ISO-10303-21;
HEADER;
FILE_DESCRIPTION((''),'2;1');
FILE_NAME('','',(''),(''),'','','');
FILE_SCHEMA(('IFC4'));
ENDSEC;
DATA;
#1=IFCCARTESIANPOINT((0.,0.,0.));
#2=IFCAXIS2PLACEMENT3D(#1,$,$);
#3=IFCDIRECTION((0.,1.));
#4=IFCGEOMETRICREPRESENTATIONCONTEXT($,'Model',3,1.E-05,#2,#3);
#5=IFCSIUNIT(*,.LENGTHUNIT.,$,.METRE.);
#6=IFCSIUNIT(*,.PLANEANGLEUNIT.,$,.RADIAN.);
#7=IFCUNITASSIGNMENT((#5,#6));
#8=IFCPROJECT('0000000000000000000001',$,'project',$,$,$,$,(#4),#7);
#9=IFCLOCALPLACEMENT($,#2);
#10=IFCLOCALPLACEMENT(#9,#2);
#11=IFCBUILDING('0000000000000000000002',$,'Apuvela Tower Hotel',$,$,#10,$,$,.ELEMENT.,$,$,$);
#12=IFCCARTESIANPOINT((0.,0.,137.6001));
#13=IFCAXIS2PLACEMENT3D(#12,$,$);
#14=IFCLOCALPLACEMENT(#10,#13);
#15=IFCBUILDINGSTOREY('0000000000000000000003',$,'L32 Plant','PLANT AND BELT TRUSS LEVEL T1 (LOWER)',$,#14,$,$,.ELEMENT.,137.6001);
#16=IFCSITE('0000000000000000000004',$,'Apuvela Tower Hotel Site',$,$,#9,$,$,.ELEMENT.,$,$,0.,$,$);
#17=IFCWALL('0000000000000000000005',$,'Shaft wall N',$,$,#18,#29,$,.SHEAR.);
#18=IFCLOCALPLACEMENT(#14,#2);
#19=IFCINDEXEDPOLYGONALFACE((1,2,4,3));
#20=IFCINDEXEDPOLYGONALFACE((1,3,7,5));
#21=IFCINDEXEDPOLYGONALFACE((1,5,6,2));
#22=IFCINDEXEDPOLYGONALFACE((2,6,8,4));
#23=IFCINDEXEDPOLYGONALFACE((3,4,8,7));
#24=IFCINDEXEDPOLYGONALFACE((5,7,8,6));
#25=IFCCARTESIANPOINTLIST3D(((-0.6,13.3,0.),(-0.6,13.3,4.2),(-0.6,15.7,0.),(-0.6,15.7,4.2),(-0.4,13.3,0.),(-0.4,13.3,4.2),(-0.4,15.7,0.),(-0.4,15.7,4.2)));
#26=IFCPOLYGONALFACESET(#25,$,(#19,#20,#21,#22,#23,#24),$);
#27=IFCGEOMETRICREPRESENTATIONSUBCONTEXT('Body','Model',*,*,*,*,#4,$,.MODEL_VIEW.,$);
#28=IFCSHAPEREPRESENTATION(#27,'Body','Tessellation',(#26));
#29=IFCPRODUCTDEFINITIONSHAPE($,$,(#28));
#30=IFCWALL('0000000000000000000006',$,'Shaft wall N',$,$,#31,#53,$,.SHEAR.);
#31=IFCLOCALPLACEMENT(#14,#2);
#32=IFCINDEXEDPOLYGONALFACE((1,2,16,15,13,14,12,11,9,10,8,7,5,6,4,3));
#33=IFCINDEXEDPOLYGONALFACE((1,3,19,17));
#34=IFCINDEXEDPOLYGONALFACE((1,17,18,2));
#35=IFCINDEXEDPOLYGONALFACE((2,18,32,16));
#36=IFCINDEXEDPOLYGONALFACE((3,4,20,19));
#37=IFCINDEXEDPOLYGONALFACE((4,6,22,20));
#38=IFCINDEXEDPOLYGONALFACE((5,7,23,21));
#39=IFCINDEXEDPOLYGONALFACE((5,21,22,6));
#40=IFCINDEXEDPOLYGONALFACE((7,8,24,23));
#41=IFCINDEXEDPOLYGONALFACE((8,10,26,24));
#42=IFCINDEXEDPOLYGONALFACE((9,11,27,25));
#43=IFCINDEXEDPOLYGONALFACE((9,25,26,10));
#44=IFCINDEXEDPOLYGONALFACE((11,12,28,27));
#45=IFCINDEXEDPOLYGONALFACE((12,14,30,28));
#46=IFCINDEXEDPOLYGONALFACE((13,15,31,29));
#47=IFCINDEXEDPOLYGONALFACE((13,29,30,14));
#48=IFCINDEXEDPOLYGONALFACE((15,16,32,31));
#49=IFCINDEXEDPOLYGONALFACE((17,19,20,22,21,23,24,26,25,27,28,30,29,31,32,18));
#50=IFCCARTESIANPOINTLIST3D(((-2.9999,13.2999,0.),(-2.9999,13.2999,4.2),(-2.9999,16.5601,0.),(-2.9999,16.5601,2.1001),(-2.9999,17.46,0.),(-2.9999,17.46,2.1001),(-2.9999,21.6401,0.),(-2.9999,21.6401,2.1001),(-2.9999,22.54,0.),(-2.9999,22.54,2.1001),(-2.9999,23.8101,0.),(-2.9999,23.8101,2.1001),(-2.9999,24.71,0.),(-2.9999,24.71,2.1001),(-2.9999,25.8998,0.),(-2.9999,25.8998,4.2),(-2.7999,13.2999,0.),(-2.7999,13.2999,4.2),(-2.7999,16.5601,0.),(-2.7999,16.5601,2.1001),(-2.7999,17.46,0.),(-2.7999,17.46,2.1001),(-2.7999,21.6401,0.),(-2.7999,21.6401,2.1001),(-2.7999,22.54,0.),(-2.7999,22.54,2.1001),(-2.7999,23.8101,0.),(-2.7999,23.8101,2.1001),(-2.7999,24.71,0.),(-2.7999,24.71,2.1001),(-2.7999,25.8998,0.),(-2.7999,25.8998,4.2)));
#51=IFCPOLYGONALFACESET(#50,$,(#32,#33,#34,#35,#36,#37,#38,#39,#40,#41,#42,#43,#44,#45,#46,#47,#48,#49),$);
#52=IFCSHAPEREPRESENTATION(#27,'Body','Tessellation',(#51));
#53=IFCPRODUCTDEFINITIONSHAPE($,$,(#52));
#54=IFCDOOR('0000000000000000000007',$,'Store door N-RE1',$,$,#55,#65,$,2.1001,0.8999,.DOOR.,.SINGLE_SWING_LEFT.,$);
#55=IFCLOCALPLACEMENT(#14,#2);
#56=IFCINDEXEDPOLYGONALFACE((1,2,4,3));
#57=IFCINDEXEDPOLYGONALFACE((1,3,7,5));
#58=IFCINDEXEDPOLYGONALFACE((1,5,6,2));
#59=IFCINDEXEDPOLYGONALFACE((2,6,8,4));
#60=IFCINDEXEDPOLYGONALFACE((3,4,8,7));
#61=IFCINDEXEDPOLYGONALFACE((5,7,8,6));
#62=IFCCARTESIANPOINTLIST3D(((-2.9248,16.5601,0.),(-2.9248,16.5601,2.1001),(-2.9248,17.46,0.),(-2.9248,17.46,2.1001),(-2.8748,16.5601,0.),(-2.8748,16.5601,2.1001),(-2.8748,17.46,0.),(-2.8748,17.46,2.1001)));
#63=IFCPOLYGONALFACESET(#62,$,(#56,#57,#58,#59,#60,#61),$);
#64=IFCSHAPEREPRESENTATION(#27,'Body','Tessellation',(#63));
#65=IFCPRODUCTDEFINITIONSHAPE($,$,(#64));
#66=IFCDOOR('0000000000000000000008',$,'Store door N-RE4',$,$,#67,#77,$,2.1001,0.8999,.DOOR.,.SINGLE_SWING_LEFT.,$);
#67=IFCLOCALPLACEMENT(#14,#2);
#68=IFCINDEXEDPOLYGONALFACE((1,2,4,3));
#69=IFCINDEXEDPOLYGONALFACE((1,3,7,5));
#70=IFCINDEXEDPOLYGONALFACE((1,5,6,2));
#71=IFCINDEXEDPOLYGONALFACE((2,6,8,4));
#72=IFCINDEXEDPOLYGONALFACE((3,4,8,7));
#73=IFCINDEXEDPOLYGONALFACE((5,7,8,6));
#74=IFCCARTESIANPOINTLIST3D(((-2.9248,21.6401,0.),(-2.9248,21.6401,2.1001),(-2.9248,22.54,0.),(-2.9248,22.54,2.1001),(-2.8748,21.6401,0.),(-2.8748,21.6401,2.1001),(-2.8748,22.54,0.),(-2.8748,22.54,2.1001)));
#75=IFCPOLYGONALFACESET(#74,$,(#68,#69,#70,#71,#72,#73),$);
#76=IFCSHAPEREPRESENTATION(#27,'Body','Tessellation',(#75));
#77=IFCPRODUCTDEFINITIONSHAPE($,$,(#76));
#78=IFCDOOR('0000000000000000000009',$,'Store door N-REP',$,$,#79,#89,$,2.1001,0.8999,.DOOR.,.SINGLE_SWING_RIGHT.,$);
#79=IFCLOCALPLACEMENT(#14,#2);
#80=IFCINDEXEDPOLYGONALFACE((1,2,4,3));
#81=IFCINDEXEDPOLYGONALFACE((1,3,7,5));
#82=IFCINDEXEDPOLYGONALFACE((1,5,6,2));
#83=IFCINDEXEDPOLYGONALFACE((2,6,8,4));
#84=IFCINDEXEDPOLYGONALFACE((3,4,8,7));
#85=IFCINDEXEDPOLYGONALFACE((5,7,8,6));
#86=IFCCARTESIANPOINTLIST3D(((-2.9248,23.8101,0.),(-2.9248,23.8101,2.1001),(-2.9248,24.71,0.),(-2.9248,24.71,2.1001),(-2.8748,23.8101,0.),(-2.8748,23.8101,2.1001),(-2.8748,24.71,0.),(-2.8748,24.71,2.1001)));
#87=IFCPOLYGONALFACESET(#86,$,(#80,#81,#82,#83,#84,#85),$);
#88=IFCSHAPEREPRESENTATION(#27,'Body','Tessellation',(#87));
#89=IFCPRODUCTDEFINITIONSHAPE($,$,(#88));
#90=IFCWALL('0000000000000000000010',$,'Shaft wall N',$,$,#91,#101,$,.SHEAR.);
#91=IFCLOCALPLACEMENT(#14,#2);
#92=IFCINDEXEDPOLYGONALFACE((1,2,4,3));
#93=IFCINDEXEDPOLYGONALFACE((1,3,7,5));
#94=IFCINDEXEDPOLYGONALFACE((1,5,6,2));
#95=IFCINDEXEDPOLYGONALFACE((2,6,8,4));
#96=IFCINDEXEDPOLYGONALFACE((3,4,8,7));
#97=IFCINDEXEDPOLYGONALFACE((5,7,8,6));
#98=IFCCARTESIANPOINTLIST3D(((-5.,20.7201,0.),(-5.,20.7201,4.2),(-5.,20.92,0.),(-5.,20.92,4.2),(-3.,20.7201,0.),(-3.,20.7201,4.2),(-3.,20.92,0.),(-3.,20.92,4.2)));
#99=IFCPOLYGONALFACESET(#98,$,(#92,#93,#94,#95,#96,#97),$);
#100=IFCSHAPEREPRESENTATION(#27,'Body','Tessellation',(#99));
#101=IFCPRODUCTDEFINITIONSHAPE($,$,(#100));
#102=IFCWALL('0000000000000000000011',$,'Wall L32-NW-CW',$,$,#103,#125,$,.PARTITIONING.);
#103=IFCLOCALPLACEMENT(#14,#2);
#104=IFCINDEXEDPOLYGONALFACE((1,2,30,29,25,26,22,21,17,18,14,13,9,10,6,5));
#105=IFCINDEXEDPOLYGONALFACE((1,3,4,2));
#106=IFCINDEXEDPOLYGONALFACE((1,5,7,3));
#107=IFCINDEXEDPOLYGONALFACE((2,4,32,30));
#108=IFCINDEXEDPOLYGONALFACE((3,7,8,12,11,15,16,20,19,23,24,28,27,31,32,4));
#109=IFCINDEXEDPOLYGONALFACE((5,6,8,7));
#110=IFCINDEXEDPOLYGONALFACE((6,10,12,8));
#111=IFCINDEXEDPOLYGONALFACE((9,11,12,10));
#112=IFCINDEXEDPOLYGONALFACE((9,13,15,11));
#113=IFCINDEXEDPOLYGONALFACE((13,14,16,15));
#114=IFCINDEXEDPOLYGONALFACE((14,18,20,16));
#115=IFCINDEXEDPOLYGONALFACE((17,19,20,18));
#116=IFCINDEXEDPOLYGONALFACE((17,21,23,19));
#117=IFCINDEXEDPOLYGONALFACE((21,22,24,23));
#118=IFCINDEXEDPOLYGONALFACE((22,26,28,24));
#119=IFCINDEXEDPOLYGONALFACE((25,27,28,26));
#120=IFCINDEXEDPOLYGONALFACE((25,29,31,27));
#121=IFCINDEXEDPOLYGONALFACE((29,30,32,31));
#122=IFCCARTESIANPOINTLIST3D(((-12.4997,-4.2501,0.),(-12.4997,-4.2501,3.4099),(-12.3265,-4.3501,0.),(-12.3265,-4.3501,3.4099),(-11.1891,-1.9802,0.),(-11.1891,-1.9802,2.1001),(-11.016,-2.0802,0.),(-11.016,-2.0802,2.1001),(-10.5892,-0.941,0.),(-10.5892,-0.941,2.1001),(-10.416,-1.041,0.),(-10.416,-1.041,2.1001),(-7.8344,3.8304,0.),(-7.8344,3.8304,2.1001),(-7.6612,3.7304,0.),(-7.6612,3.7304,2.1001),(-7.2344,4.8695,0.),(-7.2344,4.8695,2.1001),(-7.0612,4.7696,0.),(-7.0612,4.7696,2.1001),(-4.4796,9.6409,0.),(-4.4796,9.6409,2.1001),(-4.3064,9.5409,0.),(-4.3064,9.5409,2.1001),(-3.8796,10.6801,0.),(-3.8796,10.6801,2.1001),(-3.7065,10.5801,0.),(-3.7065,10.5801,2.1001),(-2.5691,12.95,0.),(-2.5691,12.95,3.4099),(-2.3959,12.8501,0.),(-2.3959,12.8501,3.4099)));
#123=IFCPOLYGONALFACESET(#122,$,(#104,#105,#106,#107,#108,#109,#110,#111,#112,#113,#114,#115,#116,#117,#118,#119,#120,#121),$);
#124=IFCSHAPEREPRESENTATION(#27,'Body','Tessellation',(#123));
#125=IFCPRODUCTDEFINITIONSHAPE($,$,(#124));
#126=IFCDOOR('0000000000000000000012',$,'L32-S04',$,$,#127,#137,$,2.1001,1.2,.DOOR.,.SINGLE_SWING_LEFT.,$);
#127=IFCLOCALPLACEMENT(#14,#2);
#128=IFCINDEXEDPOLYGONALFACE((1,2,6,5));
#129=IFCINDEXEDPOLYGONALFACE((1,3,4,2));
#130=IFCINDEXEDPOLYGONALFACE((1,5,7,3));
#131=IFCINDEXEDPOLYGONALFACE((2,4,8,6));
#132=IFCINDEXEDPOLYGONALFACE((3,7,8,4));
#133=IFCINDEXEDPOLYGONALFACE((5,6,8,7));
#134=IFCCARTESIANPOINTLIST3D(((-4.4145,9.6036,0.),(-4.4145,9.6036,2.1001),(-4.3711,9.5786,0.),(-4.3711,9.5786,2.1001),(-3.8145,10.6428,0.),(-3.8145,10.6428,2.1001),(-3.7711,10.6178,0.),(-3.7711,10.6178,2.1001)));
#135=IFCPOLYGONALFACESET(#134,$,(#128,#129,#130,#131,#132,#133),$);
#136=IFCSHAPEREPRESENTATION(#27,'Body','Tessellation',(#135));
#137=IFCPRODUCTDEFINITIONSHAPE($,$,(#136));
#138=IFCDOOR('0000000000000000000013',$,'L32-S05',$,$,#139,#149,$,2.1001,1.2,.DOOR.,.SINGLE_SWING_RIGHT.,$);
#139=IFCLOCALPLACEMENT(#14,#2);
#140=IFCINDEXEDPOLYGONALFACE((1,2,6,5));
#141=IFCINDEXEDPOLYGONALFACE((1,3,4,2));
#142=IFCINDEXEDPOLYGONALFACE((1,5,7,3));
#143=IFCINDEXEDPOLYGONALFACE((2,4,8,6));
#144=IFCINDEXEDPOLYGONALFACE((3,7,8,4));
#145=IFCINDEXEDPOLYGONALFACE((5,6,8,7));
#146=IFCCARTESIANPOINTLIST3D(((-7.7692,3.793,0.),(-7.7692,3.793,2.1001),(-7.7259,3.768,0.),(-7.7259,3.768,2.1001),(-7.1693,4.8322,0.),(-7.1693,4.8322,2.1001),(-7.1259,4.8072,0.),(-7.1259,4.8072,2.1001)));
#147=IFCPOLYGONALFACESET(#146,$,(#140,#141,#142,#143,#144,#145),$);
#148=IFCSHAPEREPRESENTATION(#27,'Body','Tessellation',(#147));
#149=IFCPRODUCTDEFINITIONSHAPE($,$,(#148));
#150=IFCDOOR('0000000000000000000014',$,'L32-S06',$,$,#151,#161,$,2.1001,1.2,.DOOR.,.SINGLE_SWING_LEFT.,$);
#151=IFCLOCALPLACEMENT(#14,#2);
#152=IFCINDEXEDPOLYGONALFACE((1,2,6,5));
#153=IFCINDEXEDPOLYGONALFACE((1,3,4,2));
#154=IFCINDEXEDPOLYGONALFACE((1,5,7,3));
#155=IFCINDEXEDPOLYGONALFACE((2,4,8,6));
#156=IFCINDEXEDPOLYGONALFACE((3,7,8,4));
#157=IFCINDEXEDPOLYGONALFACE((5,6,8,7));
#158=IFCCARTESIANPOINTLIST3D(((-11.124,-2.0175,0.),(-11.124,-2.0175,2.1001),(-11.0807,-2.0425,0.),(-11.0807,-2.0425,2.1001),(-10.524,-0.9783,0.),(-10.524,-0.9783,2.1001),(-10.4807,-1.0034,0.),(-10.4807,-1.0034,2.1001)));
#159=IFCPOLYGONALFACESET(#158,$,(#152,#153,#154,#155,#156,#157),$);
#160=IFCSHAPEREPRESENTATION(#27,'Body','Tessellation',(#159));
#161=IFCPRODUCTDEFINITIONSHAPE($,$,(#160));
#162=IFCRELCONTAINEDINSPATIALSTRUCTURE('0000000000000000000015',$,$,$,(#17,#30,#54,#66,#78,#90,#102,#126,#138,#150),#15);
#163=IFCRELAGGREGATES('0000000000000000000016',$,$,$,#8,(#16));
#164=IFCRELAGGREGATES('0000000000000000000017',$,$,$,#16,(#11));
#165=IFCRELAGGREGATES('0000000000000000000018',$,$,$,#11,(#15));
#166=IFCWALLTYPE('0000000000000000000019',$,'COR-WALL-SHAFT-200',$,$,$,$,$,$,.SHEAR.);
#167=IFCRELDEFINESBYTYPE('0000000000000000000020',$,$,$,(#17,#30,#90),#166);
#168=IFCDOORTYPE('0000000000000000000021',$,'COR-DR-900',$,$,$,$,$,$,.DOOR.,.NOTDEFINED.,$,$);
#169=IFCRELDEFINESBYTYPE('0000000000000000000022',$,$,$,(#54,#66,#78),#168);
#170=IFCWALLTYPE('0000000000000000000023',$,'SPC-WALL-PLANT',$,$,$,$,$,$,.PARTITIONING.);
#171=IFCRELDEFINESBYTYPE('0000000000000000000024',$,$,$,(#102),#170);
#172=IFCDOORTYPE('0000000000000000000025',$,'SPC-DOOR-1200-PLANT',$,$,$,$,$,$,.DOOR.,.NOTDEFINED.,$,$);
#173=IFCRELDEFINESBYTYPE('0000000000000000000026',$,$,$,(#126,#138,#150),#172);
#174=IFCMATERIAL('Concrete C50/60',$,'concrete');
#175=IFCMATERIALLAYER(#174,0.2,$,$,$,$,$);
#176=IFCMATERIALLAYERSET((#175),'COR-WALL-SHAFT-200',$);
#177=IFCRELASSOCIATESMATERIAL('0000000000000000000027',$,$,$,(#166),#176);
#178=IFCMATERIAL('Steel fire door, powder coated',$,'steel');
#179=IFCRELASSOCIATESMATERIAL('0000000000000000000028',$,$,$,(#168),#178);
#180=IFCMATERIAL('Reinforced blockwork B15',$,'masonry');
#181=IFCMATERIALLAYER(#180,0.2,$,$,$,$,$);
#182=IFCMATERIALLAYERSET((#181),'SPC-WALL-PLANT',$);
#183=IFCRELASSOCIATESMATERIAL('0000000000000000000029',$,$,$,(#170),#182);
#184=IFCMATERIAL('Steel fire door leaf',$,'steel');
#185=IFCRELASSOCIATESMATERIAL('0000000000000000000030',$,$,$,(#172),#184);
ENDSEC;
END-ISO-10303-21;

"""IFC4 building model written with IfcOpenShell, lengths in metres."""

from ifc_helpers import new_model, si_unit, direction, frame, frame_2d, origin, place, context, subcontext, project, spatial, rectangle, extrude, material, layer, layer_set, type_object, element, fill, save


model = new_model("IFC4")

# Units and contexts
model_context = context("Model", 3, precision=1e-05, world=origin(), true_north=direction((0.0, 1.0)))
body_context = subcontext(model_context, "Body", "Model", "MODEL_VIEW")
ifc_project = project(units=[si_unit("LENGTHUNIT", "METRE"), si_unit("PLANEANGLEUNIT", "RADIAN")], contexts=[model_context])

# Site, building, storey
site_placement = place(None, origin())
site = spatial("IfcSite", under=ifc_project, at=site_placement, Name="Apuvela Tower Hotel Site", CompositionType="ELEMENT", RefElevation=0.0)
building_placement = place(site_placement, origin())
building = spatial("IfcBuilding", under=site, at=building_placement, Name="Apuvela Tower Hotel", CompositionType="ELEMENT")
storey_placement = place(building_placement, frame((0.0, 0.0, 137.6001)))
storey = spatial("IfcBuildingStorey", under=building, at=storey_placement, Name="L32 Plant", Description="PLANT AND BELT TRUSS LEVEL T1 (LOWER)", CompositionType="ELEMENT", Elevation=137.6001)

# Wall
ifc_material_1 = material(Name="Concrete C50/60", Category="concrete")
ifc_layer_1 = layer(ifc_material_1, 0.2)
ifc_layer_set_1 = layer_set([ifc_layer_1], Name="COR-WALL-SHAFT-200")
wall_type_1 = type_object("IfcWallType", Name="COR-WALL-SHAFT-200", PredefinedType="SHEAR", material=ifc_layer_set_1)
wall_1_placement = place(storey_placement, frame((-0.5, 13.3, 0.0), z_axis=(0.0, 0.0, 1.0), x_axis=(0.0, 1.0, 0.0)))
element("IfcWall", 1, at=wall_1_placement, inside=storey, type_object=wall_type_1, Name="Shaft wall N", PredefinedType="SHEAR", context=body_context, shape_type="SweptSolid", body=[
    extrude(rectangle(XDim=2.3999, YDim=0.2, at=frame_2d((1.2, 0.0))), origin(), (0.0, 0.0, 1.0), 4.2),
])

# Wall, openings, doors
wall_2_placement = place(storey_placement, frame((-2.8999, 13.3, 0.0), z_axis=(0.0, 0.0, 1.0), x_axis=(0.0, 1.0, 0.0)))
wall_2 = element("IfcWall", 2, at=wall_2_placement, inside=storey, type_object=wall_type_1, Name="Shaft wall N", PredefinedType="SHEAR", context=body_context, shape_type="SweptSolid", body=[
    extrude(rectangle(XDim=12.5999, YDim=0.2, at=frame_2d((6.2998, 0.0))), origin(), (0.0, 0.0, 1.0), 4.2),
])
opening_1_placement = place(wall_2_placement, frame((3.26, 0.0, 0.0)))
opening_1 = element("IfcOpeningElement", 3, at=opening_1_placement, cuts=wall_2, PredefinedType="OPENING", context=body_context, shape_type="SweptSolid", body=[
    extrude(rectangle(XDim=0.8999, YDim=2.1001, at=frame_2d((0.45, 1.05))), frame((0.0, 0.1099, 0.0), z_axis=(0.0, -1.0, 0.0), x_axis=(1.0, 0.0, 0.0)), (0.0, 0.0, 1.0), 0.22),
])
opening_2_placement = place(wall_2_placement, frame((8.3401, 0.0, 0.0)))
opening_2 = element("IfcOpeningElement", 4, at=opening_2_placement, cuts=wall_2, PredefinedType="OPENING", context=body_context, shape_type="SweptSolid", body=[
    extrude(rectangle(XDim=0.8999, YDim=2.1001, at=frame_2d((0.45, 1.05))), frame((0.0, 0.1099, 0.0), z_axis=(0.0, -1.0, 0.0), x_axis=(1.0, 0.0, 0.0)), (0.0, 0.0, 1.0), 0.22),
])
opening_3_placement = place(wall_2_placement, frame((10.51, 0.0, 0.0)))
opening_3 = element("IfcOpeningElement", 5, at=opening_3_placement, cuts=wall_2, PredefinedType="OPENING", context=body_context, shape_type="SweptSolid", body=[
    extrude(rectangle(XDim=0.8999, YDim=2.1001, at=frame_2d((0.45, 1.05))), frame((0.0, 0.1099, 0.0), z_axis=(0.0, -1.0, 0.0), x_axis=(1.0, 0.0, 0.0)), (0.0, 0.0, 1.0), 0.22),
])
ifc_material_2 = material(Name="Steel fire door, powder coated", Category="steel")
door_type_1 = type_object("IfcDoorType", Name="COR-DR-900", OperationType="NOTDEFINED", PredefinedType="DOOR", material=ifc_material_2)
door_1_placement = place(opening_1_placement, origin())
door_1 = element("IfcDoor", 6, at=door_1_placement, inside=storey, type_object=door_type_1, Name="Store door N-RE1", OperationType="SINGLE_SWING_LEFT", OverallHeight=2.1001, OverallWidth=0.8999, PredefinedType="DOOR", context=body_context, shape_type="SweptSolid", body=[
    extrude(rectangle(XDim=0.8999, YDim=2.1001, at=frame_2d((0.45, 1.05))), frame((0.0, 0.0249, 0.0), z_axis=(0.0, -1.0, 0.0), x_axis=(1.0, 0.0, 0.0)), (0.0, 0.0, 1.0), 0.05),
])
fill(opening_1, door_1)
door_2_placement = place(opening_2_placement, origin())
door_2 = element("IfcDoor", 7, at=door_2_placement, inside=storey, type_object=door_type_1, Name="Store door N-RE4", OperationType="SINGLE_SWING_LEFT", OverallHeight=2.1001, OverallWidth=0.8999, PredefinedType="DOOR", context=body_context, shape_type="SweptSolid", body=[
    extrude(rectangle(XDim=0.8999, YDim=2.1001, at=frame_2d((0.45, 1.05))), frame((0.0, 0.0249, 0.0), z_axis=(0.0, -1.0, 0.0), x_axis=(1.0, 0.0, 0.0)), (0.0, 0.0, 1.0), 0.05),
])
fill(opening_2, door_2)
door_3_placement = place(opening_3_placement, origin())
door_3 = element("IfcDoor", 8, at=door_3_placement, inside=storey, type_object=door_type_1, Name="Store door N-REP", OperationType="SINGLE_SWING_RIGHT", OverallHeight=2.1001, OverallWidth=0.8999, PredefinedType="DOOR", context=body_context, shape_type="SweptSolid", body=[
    extrude(rectangle(XDim=0.8999, YDim=2.1001, at=frame_2d((0.45, 1.05))), frame((0.0, 0.0249, 0.0), z_axis=(0.0, -1.0, 0.0), x_axis=(1.0, 0.0, 0.0)), (0.0, 0.0, 1.0), 0.05),
])
fill(opening_3, door_3)

# Wall
wall_3_placement = place(storey_placement, frame((-3.0, 20.8201, 0.0), z_axis=(0.0, 0.0, 1.0), x_axis=(-1.0, 0.0, 0.0)))
element("IfcWall", 9, at=wall_3_placement, inside=storey, type_object=wall_type_1, Name="Shaft wall N", PredefinedType="SHEAR", context=body_context, shape_type="SweptSolid", body=[
    extrude(rectangle(XDim=2.0, YDim=0.2, at=frame_2d((1.0, 0.0))), origin(), (0.0, 0.0, 1.0), 4.2),
])

# Wall, openings, doors
ifc_material_3 = material(Name="Reinforced blockwork B15", Category="masonry")
ifc_layer_2 = layer(ifc_material_3, 0.2)
ifc_layer_set_2 = layer_set([ifc_layer_2], Name="SPC-WALL-PLANT")
wall_type_2 = type_object("IfcWallType", Name="SPC-WALL-PLANT", PredefinedType="PARTITIONING", material=ifc_layer_set_2)
wall_4_placement = place(storey_placement, frame((-2.4824, 12.9001, 0.0), z_axis=(0.0, 0.0, 1.0), x_axis=(-0.500005, -0.866023, 0.0)))
wall_4 = element("IfcWall", 10, at=wall_4_placement, inside=storey, type_object=wall_type_2, Name="Wall L32-NW-CW", PredefinedType="PARTITIONING", context=body_context, shape_type="SweptSolid", body=[
    extrude(rectangle(XDim=19.8611, YDim=0.2, at=frame_2d((9.9307, 0.0))), origin(), (0.0, 0.0, 1.0), 3.4099),
])
opening_4_placement = place(wall_4_placement, frame((2.6211, 0.0, 0.0)))
opening_4 = element("IfcOpeningElement", 11, at=opening_4_placement, cuts=wall_4, PredefinedType="OPENING", context=body_context, shape_type="SweptSolid", body=[
    extrude(rectangle(XDim=1.2, YDim=2.1001, at=frame_2d((0.6001, 1.05))), frame((0.0, 0.1099, 0.0), z_axis=(0.0, -1.0, 0.0), x_axis=(1.0, 0.0, 0.0)), (0.0, 0.0, 1.0), 0.22),
])
opening_5_placement = place(wall_4_placement, frame((9.3306, 0.0, 0.0)))
opening_5 = element("IfcOpeningElement", 12, at=opening_5_placement, cuts=wall_4, PredefinedType="OPENING", context=body_context, shape_type="SweptSolid", body=[
    extrude(rectangle(XDim=1.2, YDim=2.1001, at=frame_2d((0.6001, 1.05))), frame((0.0, 0.1099, 0.0), z_axis=(0.0, -1.0, 0.0), x_axis=(1.0, 0.0, 0.0)), (0.0, 0.0, 1.0), 0.22),
])
opening_6_placement = place(wall_4_placement, frame((16.04, 0.0, 0.0)))
opening_6 = element("IfcOpeningElement", 13, at=opening_6_placement, cuts=wall_4, PredefinedType="OPENING", context=body_context, shape_type="SweptSolid", body=[
    extrude(rectangle(XDim=1.2, YDim=2.1001, at=frame_2d((0.6001, 1.05))), frame((0.0, 0.1099, 0.0), z_axis=(0.0, -1.0, 0.0), x_axis=(1.0, 0.0, 0.0)), (0.0, 0.0, 1.0), 0.22),
])
ifc_material_4 = material(Name="Steel fire door leaf", Category="steel")
door_type_2 = type_object("IfcDoorType", Name="SPC-DOOR-1200-PLANT", OperationType="NOTDEFINED", PredefinedType="DOOR", material=ifc_material_4)
door_4_placement = place(opening_4_placement, frame((1.2, 0.0, 0.0), z_axis=(0.0, 0.0, 1.0), x_axis=(-1.0, 0.0, 0.0)))
door_4 = element("IfcDoor", 14, at=door_4_placement, inside=storey, type_object=door_type_2, Name="L32-S04", OperationType="SINGLE_SWING_LEFT", OverallHeight=2.1001, OverallWidth=1.2, PredefinedType="DOOR", context=body_context, shape_type="SweptSolid", body=[
    extrude(rectangle(XDim=1.2, YDim=2.1001, at=frame_2d((0.6001, 1.05))), frame((0.0, 0.0249, 0.0), z_axis=(0.0, -1.0, 0.0), x_axis=(1.0, 0.0, 0.0)), (0.0, 0.0, 1.0), 0.05),
])
fill(opening_4, door_4)
door_5_placement = place(opening_5_placement, frame((1.2, 0.0, 0.0), z_axis=(0.0, 0.0, 1.0), x_axis=(-1.0, 0.0, 0.0)))
door_5 = element("IfcDoor", 15, at=door_5_placement, inside=storey, type_object=door_type_2, Name="L32-S05", OperationType="SINGLE_SWING_RIGHT", OverallHeight=2.1001, OverallWidth=1.2, PredefinedType="DOOR", context=body_context, shape_type="SweptSolid", body=[
    extrude(rectangle(XDim=1.2, YDim=2.1001, at=frame_2d((0.6001, 1.05))), frame((0.0, 0.0249, 0.0), z_axis=(0.0, -1.0, 0.0), x_axis=(1.0, 0.0, 0.0)), (0.0, 0.0, 1.0), 0.05),
])
fill(opening_5, door_5)
door_6_placement = place(opening_6_placement, frame((1.2, 0.0, 0.0), z_axis=(0.0, 0.0, 1.0), x_axis=(-1.0, 0.0, 0.0)))
door_6 = element("IfcDoor", 16, at=door_6_placement, inside=storey, type_object=door_type_2, Name="L32-S06", OperationType="SINGLE_SWING_LEFT", OverallHeight=2.1001, OverallWidth=1.2, PredefinedType="DOOR", context=body_context, shape_type="SweptSolid", body=[
    extrude(rectangle(XDim=1.2, YDim=2.1001, at=frame_2d((0.6001, 1.05))), frame((0.0, 0.0249, 0.0), z_axis=(0.0, -1.0, 0.0), x_axis=(1.0, 0.0, 0.0)), (0.0, 0.0, 1.0), 0.05),
])
fill(opening_6, door_6)

save(model, "model.ifc")
